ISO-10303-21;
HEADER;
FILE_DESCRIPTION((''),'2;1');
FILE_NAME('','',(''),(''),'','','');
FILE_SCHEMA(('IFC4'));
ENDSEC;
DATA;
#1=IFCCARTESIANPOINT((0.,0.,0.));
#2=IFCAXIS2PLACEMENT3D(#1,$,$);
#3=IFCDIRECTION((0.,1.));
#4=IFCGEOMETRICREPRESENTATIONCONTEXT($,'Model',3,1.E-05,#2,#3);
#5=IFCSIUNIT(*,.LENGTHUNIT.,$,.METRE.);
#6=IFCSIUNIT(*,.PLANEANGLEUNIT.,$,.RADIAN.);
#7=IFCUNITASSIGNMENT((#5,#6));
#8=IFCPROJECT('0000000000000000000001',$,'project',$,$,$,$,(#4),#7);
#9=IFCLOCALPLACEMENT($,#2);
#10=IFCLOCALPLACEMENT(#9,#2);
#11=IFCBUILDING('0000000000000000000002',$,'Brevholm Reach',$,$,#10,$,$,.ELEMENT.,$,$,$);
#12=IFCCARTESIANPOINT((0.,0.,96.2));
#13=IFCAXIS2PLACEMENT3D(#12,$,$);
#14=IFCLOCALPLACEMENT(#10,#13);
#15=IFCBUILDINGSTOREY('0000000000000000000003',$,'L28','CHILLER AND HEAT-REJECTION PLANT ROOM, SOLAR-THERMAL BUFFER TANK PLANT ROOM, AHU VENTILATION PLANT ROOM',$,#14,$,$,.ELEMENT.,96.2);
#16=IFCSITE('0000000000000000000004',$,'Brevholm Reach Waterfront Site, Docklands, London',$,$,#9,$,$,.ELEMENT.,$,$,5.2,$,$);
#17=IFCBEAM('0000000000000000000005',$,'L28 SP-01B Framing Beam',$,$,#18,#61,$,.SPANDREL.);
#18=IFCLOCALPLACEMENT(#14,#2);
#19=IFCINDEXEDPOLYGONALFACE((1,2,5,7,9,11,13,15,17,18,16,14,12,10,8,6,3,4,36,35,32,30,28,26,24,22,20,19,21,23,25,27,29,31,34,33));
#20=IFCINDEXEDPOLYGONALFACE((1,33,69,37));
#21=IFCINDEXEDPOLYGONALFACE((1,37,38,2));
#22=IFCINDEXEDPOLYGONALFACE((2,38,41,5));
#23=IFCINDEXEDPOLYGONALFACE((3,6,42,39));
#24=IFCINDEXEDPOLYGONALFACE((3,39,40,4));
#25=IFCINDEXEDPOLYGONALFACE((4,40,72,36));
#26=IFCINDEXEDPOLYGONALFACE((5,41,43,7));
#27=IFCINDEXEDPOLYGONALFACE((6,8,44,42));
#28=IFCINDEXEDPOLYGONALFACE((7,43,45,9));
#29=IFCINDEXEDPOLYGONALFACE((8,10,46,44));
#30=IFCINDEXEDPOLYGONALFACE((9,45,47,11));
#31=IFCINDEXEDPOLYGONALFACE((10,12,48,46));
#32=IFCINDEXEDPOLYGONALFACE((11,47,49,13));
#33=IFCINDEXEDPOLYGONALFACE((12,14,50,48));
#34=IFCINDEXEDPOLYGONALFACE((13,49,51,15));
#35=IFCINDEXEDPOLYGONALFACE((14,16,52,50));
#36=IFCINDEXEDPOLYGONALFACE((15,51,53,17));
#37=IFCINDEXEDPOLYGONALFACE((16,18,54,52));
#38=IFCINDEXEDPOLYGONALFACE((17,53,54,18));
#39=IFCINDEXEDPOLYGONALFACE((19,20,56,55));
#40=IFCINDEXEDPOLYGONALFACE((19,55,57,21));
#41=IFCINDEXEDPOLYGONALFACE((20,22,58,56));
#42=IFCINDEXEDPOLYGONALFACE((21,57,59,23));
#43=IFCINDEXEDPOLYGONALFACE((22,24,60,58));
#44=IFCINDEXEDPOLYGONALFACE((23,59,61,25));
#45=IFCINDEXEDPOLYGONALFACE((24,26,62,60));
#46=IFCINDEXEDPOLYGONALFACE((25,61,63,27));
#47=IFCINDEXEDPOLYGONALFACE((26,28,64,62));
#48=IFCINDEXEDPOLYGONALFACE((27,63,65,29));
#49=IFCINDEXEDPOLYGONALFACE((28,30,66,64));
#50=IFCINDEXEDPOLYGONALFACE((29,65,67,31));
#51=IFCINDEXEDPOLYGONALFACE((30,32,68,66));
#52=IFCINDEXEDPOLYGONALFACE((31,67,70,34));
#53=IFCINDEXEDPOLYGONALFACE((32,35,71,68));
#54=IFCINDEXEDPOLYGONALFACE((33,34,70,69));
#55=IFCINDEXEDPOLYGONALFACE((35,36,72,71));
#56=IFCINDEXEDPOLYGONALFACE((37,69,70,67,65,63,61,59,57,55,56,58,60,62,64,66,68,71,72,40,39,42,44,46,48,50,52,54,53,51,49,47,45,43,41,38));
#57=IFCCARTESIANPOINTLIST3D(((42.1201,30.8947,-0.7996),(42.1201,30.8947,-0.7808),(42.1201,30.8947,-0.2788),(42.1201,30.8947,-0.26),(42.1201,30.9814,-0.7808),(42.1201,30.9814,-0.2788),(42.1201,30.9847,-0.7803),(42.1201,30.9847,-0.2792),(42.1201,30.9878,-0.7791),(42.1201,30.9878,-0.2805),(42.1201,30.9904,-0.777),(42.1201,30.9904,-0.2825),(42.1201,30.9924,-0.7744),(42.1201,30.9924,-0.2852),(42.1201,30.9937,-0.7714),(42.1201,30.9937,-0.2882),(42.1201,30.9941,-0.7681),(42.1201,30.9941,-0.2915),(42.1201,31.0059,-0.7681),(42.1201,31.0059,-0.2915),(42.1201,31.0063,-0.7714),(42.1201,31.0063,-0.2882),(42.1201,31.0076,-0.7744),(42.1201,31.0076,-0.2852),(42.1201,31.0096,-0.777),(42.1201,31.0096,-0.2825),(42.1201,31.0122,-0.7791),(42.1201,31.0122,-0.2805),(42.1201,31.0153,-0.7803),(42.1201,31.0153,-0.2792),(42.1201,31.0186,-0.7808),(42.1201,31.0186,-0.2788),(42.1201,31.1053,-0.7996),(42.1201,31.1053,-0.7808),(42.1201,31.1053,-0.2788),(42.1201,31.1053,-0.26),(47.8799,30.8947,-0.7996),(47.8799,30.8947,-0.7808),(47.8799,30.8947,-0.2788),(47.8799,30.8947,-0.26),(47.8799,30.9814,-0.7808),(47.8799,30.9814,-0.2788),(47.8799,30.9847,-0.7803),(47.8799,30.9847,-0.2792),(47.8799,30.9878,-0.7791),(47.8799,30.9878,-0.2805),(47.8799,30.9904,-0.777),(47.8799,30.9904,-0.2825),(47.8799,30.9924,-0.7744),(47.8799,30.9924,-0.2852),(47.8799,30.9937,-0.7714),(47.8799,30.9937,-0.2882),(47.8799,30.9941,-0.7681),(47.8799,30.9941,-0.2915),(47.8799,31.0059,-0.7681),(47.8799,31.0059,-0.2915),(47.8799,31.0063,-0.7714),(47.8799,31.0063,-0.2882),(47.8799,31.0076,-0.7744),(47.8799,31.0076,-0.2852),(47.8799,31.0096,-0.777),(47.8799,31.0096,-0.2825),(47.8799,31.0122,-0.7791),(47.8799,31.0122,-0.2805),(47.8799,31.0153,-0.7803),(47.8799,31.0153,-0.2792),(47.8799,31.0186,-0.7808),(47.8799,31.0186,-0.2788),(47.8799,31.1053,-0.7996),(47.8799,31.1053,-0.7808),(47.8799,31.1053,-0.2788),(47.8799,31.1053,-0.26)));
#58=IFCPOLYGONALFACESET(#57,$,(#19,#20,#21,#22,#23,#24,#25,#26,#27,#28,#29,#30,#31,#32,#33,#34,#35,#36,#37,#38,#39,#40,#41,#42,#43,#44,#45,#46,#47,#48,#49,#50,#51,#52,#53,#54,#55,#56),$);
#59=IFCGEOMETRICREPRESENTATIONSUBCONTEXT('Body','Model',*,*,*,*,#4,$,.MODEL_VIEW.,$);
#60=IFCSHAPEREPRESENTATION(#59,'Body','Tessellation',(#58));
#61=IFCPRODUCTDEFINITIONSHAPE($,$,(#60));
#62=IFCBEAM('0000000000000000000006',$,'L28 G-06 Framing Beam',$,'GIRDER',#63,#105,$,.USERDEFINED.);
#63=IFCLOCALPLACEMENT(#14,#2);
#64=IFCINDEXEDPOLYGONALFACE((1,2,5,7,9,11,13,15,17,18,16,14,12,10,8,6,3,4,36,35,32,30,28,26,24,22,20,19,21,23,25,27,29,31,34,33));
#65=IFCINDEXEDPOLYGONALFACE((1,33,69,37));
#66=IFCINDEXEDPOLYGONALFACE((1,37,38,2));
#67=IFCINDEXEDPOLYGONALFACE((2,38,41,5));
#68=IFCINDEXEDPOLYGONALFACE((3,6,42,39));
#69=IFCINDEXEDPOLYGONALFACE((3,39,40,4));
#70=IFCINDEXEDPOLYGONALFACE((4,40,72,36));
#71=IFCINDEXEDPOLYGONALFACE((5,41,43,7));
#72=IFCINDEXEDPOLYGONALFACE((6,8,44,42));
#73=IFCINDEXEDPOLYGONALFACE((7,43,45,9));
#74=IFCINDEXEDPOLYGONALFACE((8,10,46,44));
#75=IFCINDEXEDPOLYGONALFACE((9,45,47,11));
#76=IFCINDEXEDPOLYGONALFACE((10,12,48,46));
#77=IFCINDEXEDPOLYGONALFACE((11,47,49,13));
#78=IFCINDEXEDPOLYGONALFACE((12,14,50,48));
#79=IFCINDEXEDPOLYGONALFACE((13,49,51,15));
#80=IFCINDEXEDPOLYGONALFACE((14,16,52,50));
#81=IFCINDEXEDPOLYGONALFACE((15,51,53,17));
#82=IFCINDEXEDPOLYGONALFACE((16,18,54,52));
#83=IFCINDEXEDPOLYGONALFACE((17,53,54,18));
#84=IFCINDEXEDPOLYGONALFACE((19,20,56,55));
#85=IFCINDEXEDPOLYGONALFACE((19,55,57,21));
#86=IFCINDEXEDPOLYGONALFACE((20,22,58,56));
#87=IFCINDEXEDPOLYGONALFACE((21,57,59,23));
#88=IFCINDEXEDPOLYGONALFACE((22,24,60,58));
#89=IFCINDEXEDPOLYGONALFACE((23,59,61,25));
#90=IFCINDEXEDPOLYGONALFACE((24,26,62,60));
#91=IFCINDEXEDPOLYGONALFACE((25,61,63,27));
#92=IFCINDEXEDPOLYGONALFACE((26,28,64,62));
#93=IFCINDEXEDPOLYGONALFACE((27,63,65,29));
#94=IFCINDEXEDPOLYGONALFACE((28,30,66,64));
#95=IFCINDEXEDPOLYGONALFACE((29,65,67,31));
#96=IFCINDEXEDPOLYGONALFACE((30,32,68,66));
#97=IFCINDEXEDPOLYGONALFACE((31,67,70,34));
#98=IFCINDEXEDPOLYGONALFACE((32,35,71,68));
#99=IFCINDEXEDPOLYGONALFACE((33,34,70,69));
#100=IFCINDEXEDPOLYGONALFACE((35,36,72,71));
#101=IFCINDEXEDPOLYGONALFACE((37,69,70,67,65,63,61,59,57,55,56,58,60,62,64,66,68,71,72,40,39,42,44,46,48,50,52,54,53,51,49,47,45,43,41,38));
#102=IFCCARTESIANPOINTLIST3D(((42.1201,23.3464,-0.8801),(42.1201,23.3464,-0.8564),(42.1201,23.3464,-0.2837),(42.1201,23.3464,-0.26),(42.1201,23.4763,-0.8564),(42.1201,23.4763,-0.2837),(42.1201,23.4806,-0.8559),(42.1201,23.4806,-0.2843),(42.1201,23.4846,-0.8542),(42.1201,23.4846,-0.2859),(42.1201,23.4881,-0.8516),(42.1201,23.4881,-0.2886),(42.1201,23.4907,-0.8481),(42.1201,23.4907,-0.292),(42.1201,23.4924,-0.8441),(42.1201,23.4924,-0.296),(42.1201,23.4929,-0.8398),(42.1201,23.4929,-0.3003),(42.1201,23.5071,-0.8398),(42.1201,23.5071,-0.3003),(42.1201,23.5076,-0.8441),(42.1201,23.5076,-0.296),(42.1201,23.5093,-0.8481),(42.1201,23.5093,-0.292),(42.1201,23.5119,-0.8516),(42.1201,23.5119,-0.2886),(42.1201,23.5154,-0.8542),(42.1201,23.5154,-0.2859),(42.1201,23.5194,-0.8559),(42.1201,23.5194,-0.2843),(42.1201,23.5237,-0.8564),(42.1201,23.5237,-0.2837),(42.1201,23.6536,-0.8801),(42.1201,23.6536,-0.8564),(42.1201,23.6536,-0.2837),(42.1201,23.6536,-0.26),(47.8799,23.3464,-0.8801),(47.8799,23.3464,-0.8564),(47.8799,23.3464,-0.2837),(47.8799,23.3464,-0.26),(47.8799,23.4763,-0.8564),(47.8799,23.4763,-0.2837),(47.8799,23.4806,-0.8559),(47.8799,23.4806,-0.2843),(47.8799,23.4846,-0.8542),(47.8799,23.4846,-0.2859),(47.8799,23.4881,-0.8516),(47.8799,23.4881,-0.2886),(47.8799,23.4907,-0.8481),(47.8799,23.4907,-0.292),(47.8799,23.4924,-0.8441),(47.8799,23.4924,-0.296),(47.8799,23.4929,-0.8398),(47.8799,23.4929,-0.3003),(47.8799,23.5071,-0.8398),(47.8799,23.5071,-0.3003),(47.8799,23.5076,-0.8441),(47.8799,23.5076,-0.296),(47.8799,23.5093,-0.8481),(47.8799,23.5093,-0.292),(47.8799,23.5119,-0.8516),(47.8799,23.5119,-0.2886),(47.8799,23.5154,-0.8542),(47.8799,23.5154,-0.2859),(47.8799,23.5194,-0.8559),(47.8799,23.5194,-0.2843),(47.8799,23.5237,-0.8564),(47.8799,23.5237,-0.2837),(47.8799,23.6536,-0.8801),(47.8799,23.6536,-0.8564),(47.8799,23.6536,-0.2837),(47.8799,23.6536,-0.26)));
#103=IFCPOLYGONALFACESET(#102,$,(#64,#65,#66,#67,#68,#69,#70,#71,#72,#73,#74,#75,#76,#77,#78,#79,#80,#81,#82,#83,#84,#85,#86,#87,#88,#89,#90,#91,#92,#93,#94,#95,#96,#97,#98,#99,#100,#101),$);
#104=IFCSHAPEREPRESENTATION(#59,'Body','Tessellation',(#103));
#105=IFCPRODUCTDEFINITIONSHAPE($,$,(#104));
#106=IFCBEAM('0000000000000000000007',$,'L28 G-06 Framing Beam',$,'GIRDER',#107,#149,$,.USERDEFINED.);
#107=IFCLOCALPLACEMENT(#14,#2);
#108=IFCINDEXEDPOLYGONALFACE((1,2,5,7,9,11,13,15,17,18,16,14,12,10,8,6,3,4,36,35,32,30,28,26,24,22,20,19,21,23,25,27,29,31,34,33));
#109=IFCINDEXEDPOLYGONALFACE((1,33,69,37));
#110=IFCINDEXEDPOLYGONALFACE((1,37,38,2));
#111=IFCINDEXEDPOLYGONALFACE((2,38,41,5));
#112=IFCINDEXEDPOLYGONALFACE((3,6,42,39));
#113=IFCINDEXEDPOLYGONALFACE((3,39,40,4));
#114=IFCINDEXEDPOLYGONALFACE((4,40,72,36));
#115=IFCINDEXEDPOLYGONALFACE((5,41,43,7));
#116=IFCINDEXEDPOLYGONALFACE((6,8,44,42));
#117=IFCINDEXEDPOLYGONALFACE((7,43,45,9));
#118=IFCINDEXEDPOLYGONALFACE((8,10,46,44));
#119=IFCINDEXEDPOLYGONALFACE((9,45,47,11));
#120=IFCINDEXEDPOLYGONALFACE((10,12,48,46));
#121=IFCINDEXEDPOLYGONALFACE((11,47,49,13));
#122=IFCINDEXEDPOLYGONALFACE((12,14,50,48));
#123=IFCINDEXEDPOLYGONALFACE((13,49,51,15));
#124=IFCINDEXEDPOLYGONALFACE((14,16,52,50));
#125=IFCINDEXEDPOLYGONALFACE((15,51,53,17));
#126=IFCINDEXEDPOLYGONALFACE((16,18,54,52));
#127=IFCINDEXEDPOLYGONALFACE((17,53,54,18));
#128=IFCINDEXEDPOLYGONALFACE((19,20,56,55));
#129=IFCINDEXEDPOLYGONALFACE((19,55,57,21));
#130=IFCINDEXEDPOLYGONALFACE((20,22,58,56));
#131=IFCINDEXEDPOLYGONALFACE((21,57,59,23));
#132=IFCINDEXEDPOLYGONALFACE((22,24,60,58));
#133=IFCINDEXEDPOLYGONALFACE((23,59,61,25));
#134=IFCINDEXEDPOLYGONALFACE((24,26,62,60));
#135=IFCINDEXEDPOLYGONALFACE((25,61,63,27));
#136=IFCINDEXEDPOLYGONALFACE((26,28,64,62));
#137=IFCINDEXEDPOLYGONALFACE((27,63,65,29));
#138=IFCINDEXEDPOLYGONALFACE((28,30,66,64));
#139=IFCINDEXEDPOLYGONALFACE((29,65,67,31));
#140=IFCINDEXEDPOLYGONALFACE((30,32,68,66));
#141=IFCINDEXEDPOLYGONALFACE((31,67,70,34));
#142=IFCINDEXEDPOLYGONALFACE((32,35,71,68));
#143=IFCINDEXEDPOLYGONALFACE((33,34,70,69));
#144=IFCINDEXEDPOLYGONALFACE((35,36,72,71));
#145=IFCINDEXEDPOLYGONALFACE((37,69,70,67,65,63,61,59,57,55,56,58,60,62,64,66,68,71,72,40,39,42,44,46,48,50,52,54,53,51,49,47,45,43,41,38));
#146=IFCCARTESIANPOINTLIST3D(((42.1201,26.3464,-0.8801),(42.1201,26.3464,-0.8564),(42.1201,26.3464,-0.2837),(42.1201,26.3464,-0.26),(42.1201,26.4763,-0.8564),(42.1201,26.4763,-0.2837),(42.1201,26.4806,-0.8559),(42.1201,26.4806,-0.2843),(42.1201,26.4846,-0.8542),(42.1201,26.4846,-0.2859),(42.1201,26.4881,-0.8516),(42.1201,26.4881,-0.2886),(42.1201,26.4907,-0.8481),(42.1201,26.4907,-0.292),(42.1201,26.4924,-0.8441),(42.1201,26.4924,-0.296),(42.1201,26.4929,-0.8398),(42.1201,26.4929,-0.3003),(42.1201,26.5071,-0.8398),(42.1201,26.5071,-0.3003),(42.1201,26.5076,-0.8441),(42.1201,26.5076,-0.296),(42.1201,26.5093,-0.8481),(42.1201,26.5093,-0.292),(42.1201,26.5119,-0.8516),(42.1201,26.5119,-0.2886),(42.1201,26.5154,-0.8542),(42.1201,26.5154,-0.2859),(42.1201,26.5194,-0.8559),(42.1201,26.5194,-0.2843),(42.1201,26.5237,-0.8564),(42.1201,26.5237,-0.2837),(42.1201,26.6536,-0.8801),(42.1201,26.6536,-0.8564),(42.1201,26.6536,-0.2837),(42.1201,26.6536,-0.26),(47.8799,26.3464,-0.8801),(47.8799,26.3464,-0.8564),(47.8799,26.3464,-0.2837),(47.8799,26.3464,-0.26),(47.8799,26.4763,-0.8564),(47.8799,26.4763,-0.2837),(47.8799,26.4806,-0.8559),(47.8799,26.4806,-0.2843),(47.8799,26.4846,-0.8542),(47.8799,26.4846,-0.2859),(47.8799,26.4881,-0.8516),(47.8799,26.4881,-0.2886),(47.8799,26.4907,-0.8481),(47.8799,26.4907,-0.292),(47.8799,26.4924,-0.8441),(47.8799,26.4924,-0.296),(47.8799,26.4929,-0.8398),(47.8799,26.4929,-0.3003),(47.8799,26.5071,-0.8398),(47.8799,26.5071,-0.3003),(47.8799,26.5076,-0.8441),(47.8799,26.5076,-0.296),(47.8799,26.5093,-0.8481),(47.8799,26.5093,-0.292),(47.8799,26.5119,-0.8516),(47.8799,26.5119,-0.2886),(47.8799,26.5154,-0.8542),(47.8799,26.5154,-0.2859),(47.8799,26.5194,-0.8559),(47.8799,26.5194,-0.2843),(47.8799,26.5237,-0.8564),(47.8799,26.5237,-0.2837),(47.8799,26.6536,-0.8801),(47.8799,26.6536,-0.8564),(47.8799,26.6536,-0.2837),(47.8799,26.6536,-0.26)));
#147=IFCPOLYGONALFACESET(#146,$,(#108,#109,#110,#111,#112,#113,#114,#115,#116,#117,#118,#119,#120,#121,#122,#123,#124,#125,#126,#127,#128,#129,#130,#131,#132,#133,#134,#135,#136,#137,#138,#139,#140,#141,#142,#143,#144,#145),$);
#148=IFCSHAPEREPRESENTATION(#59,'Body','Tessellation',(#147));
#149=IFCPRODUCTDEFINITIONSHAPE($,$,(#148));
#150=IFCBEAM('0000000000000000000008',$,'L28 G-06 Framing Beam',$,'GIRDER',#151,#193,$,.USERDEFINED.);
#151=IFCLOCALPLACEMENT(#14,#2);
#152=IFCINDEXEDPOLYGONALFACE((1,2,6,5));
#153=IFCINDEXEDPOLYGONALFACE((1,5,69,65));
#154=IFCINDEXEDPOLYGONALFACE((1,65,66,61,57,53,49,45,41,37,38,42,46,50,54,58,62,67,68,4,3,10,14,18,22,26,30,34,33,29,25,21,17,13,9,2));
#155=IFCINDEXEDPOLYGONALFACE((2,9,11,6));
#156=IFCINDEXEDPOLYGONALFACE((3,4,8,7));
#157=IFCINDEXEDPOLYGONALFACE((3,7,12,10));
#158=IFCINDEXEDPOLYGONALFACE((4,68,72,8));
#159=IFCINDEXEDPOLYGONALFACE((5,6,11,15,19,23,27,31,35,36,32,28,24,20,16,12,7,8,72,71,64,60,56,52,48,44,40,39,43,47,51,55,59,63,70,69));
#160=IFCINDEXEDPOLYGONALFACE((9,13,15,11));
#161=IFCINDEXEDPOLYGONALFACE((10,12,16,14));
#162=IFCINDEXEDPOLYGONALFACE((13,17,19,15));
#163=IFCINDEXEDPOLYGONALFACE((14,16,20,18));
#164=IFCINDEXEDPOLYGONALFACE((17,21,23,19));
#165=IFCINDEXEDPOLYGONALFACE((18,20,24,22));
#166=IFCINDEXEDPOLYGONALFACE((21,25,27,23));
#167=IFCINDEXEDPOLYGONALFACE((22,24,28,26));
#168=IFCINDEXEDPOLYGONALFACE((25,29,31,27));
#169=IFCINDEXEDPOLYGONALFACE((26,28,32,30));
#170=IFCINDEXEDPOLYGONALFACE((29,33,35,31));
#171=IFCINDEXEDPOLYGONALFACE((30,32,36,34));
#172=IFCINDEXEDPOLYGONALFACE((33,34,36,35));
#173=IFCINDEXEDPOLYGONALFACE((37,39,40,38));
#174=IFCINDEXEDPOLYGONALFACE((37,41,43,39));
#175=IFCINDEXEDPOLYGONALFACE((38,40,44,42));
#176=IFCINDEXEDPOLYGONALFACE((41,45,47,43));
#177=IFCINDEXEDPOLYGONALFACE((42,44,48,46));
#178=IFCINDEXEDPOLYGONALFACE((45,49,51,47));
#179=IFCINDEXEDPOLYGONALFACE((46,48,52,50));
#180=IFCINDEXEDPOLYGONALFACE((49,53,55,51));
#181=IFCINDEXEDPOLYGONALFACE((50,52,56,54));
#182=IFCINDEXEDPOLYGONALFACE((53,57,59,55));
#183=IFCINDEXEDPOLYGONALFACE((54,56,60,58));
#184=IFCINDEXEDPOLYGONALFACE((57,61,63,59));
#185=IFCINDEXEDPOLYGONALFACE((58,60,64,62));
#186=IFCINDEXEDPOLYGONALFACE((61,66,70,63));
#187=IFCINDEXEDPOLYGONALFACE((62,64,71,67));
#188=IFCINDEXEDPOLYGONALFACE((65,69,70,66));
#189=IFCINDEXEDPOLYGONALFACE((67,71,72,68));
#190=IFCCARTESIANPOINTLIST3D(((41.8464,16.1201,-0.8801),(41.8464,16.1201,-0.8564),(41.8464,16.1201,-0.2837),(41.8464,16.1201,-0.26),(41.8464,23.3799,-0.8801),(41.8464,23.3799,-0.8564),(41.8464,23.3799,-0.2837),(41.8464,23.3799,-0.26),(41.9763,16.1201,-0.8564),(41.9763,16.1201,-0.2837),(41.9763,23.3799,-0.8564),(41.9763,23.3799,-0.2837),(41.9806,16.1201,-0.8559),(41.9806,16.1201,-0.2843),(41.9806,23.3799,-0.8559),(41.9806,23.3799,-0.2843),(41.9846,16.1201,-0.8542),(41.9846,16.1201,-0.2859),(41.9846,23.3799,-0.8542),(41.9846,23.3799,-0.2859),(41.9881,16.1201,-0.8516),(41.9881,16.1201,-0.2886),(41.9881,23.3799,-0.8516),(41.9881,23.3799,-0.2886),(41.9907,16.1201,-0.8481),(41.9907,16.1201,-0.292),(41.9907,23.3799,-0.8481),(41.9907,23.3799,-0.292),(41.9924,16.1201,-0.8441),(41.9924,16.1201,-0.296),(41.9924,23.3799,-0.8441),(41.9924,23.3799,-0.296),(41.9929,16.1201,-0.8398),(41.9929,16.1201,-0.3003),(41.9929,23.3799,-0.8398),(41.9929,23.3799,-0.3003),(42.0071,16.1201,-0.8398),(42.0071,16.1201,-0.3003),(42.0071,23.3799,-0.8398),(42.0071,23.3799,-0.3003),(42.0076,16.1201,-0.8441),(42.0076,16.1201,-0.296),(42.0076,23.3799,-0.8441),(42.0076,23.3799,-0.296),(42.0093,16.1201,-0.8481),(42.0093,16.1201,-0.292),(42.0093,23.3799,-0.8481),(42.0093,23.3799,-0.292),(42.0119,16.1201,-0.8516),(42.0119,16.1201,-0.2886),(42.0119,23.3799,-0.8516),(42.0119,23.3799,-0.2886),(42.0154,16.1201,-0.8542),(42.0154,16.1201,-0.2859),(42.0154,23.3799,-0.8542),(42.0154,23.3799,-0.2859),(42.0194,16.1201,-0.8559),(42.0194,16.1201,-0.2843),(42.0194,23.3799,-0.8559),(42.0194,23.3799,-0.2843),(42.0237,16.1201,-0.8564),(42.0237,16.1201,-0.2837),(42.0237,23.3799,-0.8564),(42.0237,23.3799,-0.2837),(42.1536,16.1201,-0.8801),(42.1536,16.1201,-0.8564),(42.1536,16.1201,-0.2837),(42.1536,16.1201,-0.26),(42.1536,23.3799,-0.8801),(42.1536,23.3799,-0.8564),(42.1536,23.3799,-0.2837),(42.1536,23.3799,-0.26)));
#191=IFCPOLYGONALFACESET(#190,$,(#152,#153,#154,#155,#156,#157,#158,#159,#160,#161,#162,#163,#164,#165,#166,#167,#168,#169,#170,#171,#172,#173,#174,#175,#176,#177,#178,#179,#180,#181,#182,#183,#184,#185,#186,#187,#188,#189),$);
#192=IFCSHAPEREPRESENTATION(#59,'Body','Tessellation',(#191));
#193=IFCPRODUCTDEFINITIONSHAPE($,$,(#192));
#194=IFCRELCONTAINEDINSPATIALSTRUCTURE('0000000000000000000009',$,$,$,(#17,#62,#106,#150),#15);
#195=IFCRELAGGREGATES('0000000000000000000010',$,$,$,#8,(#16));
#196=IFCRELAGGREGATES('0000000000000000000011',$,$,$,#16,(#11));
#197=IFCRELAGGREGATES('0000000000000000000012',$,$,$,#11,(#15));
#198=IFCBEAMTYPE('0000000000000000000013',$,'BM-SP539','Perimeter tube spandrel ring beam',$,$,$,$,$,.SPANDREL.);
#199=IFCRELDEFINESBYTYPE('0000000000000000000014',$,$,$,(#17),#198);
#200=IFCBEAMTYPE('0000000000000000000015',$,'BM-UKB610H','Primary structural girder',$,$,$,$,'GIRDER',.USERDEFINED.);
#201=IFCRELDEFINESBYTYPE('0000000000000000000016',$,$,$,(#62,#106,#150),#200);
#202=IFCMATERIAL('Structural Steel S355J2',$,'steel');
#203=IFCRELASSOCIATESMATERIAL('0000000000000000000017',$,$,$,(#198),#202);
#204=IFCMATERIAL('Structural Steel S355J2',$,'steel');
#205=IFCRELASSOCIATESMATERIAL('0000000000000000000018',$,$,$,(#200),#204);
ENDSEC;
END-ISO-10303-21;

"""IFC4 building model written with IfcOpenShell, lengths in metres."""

from ifc_helpers import new_model, si_unit, direction, frame, origin, origin_2d, place, context, subcontext, project, spatial, i_section, extrude, material, material_profile, profile_set, type_object, element, save


model = new_model("IFC4")

# Units and contexts
model_context = context("Model", 3, precision=1e-05, world=origin(), true_north=direction((0.0, 1.0)))
body_context = subcontext(model_context, "Body", "Model", "MODEL_VIEW")
ifc_project = project(units=[si_unit("LENGTHUNIT", "METRE"), si_unit("PLANEANGLEUNIT", "RADIAN")], contexts=[model_context])

# Site, building, storey
site_placement = place(None, origin())
site = spatial("IfcSite", under=ifc_project, at=site_placement, Name="Brevholm Reach Waterfront Site, Docklands, London", CompositionType="ELEMENT", RefElevation=5.2)
building_placement = place(site_placement, origin())
building = spatial("IfcBuilding", under=site, at=building_placement, Name="Brevholm Reach", CompositionType="ELEMENT")
storey_placement = place(building_placement, frame((0.0, 0.0, 96.2)))
storey = spatial("IfcBuildingStorey", under=building, at=storey_placement, Name="L28", Description="CHILLER AND HEAT-REJECTION PLANT ROOM, SOLAR-THERMAL BUFFER TANK PLANT ROOM, AHU VENTILATION PLANT ROOM", CompositionType="ELEMENT", Elevation=96.2)

# Beams
ifc_material_1 = material(Name="Structural Steel S355J2", Category="steel")
ifc_material_profile_1 = material_profile(ifc_material_1, i_section(OverallWidth=0.2107, OverallDepth=0.5396, WebThickness=0.0117, FlangeThickness=0.0188, FilletRadius=0.0127, at=origin_2d()), Name="UKB 533x210x109")
ifc_profile_set_1 = profile_set([ifc_material_profile_1], Name="Structural Steel S355J2")
beam_type_1 = type_object("IfcBeamType", Name="BM-SP539", Description="Perimeter tube spandrel ring beam", PredefinedType="SPANDREL", material=ifc_profile_set_1)
beam_1_placement = place(storey_placement, frame((42.1201, 31.0, -0.5298), z_axis=(1.0, 0.0, 0.0), x_axis=(0.0, 1.0, 0.0)))
element("IfcBeam", 1, at=beam_1_placement, inside=storey, type_object=beam_type_1, Name="L28 SP-01B Framing Beam", PredefinedType="SPANDREL", context=body_context, shape_type="SweptSolid", body=[
    extrude(i_section(OverallWidth=0.2107, OverallDepth=0.5396, WebThickness=0.0117, FlangeThickness=0.0188, FilletRadius=0.0127, at=origin_2d()), origin(), (0.0, 0.0, 1.0), 5.7598),
])
ifc_material_2 = material(Name="Structural Steel S355J2", Category="steel")
ifc_material_profile_2 = material_profile(ifc_material_2, i_section(OverallWidth=0.3071, OverallDepth=0.6201, WebThickness=0.0142, FlangeThickness=0.0237, FilletRadius=0.0166, at=origin_2d()), Name="UKB 610x305x179")
ifc_profile_set_2 = profile_set([ifc_material_profile_2], Name="Structural Steel S355J2")
beam_type_2 = type_object("IfcBeamType", Name="BM-UKB610H", Description="Primary structural girder", ElementType="GIRDER", PredefinedType="USERDEFINED", material=ifc_profile_set_2)
for number, where, z_axis, x_axis, name in (
    (2, (42.1201, 23.5, -0.5701), (1.0, 0.0, 0.0), (0.0, 1.0, 0.0), "L28 G-06 Framing Beam"),
    (3, (42.1201, 26.5, -0.5701), (1.0, 0.0, 0.0), (0.0, 1.0, 0.0), "L28 G-06 Framing Beam"),
):
    element("IfcBeam", number, at=place(storey_placement, frame(where, z_axis=z_axis, x_axis=x_axis)), inside=storey, type_object=beam_type_2, Name=name, ObjectType="GIRDER", PredefinedType="USERDEFINED", context=body_context, shape_type="SweptSolid", body=[
        extrude(i_section(OverallWidth=0.3071, OverallDepth=0.6201, WebThickness=0.0142, FlangeThickness=0.0237, FilletRadius=0.0166, at=origin_2d()), origin(), (0.0, 0.0, 1.0), 5.7598),
    ])
beam_2_placement = place(storey_placement, frame((42.0, 16.1201, -0.5701), z_axis=(0.0, 1.0, 0.0), x_axis=(-1.0, 0.0, 0.0)))
element("IfcBeam", 4, at=beam_2_placement, inside=storey, type_object=beam_type_2, Name="L28 G-06 Framing Beam", ObjectType="GIRDER", PredefinedType="USERDEFINED", context=body_context, shape_type="SweptSolid", body=[
    extrude(i_section(OverallWidth=0.3071, OverallDepth=0.6201, WebThickness=0.0142, FlangeThickness=0.0237, FilletRadius=0.0166, at=origin_2d()), origin(), (0.0, 0.0, 1.0), 7.2598),
])

save(model, "model.ifc")
